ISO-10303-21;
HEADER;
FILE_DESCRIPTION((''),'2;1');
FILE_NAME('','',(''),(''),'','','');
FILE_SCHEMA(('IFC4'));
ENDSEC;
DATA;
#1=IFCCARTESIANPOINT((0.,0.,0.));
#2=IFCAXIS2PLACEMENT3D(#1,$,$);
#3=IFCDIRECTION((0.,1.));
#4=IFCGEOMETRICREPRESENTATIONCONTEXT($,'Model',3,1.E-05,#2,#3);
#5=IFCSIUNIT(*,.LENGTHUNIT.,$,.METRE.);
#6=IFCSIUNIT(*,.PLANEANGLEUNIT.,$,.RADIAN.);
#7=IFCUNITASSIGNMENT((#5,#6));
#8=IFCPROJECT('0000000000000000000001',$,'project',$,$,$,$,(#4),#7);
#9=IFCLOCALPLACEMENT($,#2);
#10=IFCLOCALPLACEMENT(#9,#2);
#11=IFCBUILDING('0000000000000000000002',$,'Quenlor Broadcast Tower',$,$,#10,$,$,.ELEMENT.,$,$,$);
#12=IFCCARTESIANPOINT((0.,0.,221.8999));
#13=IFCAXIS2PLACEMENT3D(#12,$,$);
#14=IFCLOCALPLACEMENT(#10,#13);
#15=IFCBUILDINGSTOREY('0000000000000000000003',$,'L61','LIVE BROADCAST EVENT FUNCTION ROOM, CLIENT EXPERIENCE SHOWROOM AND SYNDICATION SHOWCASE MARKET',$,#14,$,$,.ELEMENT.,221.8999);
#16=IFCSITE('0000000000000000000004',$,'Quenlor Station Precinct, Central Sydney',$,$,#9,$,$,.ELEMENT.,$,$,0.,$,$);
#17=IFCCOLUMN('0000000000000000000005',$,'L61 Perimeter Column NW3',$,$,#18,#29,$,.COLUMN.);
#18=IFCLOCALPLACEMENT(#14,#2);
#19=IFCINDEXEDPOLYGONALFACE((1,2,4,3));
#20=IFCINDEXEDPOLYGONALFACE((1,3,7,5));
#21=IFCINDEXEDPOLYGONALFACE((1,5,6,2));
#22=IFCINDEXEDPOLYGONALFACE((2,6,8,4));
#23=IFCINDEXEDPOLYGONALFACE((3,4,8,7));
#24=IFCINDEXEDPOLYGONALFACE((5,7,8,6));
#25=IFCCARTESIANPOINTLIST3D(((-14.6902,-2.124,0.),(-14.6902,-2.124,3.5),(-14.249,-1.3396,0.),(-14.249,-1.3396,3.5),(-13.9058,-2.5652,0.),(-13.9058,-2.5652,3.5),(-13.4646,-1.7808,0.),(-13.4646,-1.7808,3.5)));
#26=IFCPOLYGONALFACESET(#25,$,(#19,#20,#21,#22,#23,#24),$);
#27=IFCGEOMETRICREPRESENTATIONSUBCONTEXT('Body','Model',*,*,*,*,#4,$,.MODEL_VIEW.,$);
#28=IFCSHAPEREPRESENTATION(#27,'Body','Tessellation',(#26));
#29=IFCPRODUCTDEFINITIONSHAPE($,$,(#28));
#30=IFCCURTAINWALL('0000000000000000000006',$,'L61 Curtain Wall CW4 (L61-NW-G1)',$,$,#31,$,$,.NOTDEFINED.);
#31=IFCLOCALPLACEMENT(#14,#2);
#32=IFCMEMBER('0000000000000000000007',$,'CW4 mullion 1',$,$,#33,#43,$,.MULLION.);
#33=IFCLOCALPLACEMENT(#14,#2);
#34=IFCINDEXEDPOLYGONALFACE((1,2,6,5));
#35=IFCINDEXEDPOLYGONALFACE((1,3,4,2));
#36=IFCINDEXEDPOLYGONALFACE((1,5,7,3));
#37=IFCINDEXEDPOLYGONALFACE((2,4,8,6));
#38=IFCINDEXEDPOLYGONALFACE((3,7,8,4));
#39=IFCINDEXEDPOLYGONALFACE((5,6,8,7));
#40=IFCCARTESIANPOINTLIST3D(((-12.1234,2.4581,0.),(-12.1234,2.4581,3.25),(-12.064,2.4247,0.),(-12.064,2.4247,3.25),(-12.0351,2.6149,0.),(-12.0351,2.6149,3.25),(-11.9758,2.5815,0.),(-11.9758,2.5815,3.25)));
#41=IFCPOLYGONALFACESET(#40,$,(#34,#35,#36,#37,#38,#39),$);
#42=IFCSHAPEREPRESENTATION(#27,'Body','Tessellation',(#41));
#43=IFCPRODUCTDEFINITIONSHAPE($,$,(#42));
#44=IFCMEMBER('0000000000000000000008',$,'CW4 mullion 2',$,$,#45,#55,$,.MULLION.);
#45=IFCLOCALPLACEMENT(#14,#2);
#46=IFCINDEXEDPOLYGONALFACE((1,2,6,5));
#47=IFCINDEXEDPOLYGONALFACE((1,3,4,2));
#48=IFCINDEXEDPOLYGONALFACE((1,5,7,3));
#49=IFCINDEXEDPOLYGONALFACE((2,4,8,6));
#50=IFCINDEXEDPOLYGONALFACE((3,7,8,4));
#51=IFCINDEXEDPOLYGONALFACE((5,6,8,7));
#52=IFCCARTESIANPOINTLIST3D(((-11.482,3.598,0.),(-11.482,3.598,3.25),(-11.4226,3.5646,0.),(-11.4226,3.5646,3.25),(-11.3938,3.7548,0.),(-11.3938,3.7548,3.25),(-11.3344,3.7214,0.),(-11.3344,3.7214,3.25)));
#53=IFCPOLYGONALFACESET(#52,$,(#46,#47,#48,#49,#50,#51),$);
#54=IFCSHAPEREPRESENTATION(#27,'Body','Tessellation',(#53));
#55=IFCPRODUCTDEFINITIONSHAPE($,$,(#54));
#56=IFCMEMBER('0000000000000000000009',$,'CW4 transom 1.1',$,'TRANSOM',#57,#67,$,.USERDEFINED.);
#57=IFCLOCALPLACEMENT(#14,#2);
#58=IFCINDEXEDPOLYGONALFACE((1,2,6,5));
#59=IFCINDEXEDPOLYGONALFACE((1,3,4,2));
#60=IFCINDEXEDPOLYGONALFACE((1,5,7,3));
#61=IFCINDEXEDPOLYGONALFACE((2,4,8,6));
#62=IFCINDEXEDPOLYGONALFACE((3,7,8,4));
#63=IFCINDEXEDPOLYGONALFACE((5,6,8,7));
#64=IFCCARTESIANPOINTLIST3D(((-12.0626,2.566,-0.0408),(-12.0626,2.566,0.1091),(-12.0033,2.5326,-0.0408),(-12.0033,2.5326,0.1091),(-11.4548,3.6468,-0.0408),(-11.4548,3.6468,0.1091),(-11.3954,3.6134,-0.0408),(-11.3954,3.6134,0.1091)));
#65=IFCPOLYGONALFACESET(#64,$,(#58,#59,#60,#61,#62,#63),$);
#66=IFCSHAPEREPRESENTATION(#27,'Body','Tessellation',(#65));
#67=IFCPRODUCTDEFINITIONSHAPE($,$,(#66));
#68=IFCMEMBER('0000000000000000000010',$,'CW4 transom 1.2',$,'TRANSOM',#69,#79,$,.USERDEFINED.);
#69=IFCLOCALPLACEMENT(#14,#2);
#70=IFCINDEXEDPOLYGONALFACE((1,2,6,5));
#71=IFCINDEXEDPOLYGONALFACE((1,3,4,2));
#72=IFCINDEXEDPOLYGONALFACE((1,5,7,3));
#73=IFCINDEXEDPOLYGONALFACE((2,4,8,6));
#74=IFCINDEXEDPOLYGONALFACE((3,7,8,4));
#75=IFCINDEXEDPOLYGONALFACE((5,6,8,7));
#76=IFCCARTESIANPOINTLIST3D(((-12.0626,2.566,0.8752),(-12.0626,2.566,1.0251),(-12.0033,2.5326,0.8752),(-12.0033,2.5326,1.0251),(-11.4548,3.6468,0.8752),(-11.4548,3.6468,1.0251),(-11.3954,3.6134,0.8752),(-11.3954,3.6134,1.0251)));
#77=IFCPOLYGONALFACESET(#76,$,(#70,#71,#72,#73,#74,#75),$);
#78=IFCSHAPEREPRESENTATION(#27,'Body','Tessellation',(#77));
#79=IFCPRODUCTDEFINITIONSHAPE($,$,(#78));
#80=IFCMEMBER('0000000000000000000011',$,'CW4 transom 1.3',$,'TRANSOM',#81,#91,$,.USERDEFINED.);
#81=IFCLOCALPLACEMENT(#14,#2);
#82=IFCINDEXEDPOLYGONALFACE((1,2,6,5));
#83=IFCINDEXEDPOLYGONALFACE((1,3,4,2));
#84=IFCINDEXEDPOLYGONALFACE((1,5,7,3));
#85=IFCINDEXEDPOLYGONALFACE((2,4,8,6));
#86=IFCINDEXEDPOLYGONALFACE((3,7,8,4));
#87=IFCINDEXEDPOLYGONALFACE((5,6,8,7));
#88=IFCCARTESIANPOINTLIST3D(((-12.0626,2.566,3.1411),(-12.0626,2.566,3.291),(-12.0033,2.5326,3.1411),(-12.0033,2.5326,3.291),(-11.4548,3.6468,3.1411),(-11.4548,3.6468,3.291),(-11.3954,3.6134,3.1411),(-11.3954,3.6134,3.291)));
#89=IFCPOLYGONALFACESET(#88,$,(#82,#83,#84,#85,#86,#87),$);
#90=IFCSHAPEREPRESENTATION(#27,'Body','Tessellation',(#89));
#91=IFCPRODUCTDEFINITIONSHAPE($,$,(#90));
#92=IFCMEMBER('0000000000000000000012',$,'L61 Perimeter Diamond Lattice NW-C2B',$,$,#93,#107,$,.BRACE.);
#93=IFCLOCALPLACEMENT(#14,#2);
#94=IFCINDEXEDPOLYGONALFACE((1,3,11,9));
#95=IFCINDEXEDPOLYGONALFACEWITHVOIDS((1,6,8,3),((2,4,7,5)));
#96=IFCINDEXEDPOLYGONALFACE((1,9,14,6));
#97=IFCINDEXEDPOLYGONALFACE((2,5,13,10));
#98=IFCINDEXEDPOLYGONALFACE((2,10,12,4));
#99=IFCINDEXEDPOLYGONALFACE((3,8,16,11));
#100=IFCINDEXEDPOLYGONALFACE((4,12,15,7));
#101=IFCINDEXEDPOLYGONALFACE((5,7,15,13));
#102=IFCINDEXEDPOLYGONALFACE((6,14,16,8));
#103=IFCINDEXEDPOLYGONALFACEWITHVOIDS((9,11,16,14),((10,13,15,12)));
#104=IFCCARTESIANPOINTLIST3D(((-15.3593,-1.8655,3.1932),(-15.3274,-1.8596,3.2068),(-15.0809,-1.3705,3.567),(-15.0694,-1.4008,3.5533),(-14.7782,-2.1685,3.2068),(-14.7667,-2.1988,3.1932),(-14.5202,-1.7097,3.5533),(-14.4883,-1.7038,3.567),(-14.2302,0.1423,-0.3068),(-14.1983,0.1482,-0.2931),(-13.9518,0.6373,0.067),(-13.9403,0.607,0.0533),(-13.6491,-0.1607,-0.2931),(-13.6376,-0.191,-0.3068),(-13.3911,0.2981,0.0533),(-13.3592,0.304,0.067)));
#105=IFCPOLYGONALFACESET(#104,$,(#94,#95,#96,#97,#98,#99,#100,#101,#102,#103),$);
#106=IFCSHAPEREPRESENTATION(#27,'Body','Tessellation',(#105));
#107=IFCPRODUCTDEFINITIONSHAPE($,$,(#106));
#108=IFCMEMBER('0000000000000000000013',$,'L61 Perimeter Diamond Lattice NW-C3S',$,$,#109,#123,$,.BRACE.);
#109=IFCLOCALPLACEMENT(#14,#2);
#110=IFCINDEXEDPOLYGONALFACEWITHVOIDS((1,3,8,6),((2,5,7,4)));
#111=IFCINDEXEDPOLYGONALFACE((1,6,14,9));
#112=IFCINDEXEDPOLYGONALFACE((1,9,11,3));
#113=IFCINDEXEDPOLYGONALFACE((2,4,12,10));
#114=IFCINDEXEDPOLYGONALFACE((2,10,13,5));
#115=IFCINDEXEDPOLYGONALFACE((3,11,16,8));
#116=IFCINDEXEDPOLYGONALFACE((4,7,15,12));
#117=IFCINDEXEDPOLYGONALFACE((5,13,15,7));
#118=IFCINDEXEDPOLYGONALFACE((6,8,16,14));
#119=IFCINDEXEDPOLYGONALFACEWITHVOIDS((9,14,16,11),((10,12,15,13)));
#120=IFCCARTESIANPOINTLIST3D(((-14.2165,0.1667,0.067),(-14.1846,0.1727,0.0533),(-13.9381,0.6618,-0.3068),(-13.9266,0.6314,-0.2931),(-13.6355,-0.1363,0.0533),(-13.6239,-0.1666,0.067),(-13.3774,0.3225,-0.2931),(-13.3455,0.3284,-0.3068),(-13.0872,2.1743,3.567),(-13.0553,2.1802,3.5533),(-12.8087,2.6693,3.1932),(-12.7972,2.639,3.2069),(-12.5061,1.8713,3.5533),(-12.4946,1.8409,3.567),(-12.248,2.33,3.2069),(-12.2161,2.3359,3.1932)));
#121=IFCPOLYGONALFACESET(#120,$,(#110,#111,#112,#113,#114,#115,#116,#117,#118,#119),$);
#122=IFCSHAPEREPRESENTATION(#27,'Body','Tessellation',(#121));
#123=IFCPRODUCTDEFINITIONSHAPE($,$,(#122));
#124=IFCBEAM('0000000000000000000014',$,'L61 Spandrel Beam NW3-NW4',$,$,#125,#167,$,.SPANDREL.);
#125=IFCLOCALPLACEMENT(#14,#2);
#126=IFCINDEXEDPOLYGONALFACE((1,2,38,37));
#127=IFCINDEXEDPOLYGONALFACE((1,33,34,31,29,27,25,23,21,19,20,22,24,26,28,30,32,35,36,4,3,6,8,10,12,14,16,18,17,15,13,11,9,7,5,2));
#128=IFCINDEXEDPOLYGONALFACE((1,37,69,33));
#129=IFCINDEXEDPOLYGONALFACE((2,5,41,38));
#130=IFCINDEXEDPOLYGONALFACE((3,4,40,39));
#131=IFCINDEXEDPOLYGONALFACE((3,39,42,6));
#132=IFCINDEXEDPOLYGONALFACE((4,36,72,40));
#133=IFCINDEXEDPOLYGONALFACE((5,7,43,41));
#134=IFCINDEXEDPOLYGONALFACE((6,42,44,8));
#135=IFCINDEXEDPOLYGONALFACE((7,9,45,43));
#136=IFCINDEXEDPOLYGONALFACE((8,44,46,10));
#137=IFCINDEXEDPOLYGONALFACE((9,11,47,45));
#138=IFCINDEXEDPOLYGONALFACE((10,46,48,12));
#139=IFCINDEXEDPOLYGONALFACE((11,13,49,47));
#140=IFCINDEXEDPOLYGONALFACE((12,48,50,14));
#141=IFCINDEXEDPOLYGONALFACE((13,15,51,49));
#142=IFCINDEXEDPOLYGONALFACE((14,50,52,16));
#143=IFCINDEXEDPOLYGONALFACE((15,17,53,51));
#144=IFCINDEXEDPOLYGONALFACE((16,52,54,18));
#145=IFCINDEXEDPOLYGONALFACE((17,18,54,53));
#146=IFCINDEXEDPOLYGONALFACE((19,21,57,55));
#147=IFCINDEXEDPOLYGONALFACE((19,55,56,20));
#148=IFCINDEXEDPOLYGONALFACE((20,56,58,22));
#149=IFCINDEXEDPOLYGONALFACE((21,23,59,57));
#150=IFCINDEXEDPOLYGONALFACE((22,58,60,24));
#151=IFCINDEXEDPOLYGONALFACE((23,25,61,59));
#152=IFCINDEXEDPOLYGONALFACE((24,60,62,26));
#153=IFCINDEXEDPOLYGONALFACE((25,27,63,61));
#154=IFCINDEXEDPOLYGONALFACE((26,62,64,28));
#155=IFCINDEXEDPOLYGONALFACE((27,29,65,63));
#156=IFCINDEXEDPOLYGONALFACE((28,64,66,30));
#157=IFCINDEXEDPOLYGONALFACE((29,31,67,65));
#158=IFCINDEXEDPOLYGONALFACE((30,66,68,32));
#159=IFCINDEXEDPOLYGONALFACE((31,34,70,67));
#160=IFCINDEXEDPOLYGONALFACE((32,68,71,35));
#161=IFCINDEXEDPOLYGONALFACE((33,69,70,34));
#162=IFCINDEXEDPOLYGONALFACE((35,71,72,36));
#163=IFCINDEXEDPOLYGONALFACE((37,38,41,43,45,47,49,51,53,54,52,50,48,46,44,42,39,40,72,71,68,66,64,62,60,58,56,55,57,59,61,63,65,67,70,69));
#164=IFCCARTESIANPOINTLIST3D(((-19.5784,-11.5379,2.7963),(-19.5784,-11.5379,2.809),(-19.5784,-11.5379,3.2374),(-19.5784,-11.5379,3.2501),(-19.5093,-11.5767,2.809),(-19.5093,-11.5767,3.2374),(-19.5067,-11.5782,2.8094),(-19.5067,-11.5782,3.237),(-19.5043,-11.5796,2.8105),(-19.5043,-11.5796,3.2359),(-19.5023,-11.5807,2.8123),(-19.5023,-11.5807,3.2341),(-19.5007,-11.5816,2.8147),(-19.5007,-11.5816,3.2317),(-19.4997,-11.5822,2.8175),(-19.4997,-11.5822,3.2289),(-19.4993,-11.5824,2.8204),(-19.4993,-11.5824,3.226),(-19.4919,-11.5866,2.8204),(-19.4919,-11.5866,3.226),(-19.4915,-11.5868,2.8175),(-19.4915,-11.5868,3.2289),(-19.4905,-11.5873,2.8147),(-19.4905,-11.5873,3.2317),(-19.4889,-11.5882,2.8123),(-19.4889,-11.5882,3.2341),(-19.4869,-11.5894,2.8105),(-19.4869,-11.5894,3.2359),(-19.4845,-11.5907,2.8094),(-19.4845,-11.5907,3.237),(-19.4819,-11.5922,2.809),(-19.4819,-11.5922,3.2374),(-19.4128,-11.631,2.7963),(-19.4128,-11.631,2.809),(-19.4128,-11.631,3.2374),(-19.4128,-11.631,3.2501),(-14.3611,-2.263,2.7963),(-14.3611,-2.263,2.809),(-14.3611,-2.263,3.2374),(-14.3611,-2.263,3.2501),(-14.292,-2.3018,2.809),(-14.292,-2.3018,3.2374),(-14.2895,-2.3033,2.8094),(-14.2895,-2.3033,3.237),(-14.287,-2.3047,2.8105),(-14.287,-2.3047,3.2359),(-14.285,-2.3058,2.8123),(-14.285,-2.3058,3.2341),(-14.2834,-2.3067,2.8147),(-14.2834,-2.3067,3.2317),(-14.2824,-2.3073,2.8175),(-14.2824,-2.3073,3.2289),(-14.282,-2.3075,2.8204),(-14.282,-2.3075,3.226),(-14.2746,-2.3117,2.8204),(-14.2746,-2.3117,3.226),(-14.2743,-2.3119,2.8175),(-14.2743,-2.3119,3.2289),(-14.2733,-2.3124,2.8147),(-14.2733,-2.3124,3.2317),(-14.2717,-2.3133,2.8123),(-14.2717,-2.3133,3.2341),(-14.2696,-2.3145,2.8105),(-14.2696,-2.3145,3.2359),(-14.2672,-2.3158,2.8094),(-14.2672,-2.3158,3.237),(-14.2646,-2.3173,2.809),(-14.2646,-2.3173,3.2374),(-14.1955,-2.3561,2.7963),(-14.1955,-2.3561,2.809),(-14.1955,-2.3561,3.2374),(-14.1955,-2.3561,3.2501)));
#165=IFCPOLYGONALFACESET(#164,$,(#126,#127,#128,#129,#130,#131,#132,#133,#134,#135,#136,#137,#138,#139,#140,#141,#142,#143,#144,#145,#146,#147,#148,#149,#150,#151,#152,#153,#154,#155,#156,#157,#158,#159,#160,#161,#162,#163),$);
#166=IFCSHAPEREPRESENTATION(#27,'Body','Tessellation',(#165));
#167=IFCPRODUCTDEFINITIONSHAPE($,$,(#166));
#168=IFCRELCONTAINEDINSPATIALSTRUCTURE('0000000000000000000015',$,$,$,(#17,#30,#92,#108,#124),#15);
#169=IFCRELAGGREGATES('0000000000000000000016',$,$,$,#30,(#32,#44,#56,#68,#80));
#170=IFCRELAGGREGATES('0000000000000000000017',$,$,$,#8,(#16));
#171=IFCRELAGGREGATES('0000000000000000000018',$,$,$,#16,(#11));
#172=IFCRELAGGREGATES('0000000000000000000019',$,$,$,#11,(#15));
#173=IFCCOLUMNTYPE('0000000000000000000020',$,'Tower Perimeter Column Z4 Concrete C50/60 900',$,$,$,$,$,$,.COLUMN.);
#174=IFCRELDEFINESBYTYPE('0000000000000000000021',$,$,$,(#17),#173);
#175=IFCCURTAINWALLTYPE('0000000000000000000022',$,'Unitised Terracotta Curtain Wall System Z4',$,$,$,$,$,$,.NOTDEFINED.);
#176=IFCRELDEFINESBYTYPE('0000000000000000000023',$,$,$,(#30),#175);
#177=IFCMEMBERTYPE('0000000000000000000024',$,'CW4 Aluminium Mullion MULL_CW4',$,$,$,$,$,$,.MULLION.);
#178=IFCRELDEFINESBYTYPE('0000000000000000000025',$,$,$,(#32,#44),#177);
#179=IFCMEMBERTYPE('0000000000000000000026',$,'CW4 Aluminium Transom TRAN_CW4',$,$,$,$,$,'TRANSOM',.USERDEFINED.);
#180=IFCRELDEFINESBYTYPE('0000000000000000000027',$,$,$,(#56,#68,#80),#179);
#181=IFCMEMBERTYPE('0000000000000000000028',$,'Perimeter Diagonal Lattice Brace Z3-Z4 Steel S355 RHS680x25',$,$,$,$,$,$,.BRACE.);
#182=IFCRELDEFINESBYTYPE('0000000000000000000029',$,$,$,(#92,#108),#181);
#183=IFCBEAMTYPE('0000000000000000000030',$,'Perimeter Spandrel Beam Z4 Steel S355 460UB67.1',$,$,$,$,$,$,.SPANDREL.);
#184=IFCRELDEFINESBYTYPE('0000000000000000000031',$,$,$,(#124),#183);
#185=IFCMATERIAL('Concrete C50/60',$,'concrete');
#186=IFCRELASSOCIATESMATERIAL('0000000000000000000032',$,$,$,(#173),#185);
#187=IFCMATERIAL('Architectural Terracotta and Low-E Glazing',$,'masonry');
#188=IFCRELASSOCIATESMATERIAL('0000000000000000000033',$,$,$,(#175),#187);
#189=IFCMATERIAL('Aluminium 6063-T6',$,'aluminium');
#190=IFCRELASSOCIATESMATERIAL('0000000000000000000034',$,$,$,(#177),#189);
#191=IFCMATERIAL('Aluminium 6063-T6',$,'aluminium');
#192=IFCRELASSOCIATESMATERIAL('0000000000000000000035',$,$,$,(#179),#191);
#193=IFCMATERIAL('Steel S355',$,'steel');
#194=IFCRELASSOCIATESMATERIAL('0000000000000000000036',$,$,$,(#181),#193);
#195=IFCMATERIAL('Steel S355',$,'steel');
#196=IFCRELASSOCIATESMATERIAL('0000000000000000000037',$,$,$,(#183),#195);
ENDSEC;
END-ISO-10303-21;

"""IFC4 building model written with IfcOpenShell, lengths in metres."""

from ifc_helpers import new_model, si_unit, direction, frame, origin, origin_2d, place, context, subcontext, project, spatial, rectangle, hollow_rectangle, i_section, extrude, material, material_profile, profile_set, type_object, element, aggregate, save


model = new_model("IFC4")

# Units and contexts
model_context = context("Model", 3, precision=1e-05, world=origin(), true_north=direction((0.0, 1.0)))
body_context = subcontext(model_context, "Body", "Model", "MODEL_VIEW")
ifc_project = project(units=[si_unit("LENGTHUNIT", "METRE"), si_unit("PLANEANGLEUNIT", "RADIAN")], contexts=[model_context])

# Site, building, storey
site_placement = place(None, origin())
site = spatial("IfcSite", under=ifc_project, at=site_placement, Name="Quenlor Station Precinct, Central Sydney", CompositionType="ELEMENT", RefElevation=0.0)
building_placement = place(site_placement, origin())
building = spatial("IfcBuilding", under=site, at=building_placement, Name="Quenlor Broadcast Tower", CompositionType="ELEMENT")
storey_placement = place(building_placement, frame((0.0, 0.0, 221.8999)))
storey = spatial("IfcBuildingStorey", under=building, at=storey_placement, Name="L61", Description="LIVE BROADCAST EVENT FUNCTION ROOM, CLIENT EXPERIENCE SHOWROOM AND SYNDICATION SHOWCASE MARKET", CompositionType="ELEMENT", Elevation=221.8999)

# Column
ifc_material_1 = material(Name="Concrete C50/60", Category="concrete")
ifc_material_profile_1 = material_profile(ifc_material_1, rectangle(XDim=0.8999, YDim=0.8999, at=origin_2d()))
ifc_profile_set_1 = profile_set([ifc_material_profile_1], Name="Concrete C50/60 RC900x900")
column_type = type_object("IfcColumnType", Name="Tower Perimeter Column Z4 Concrete C50/60 900", PredefinedType="COLUMN", material=ifc_profile_set_1)
column_placement = place(storey_placement, frame((-14.0774, -1.9524, 0.0), z_axis=(0.0, 0.0, 1.0), x_axis=(-0.871575, 0.490262, 0.0)))
element("IfcColumn", 1, at=column_placement, inside=storey, type_object=column_type, Name="L61 Perimeter Column NW3", PredefinedType="COLUMN", context=body_context, shape_type="SweptSolid", body=[
    extrude(rectangle(XDim=0.8999, YDim=0.8999, at=origin_2d()), origin(), (0.0, 0.0, 1.0), 3.5),
])

# Curtain wall, members
ifc_material_2 = material(Name="Architectural Terracotta and Low-E Glazing", Category="masonry")
curtain_wall_type = type_object("IfcCurtainWallType", Name="Unitised Terracotta Curtain Wall System Z4", PredefinedType="NOTDEFINED", material=ifc_material_2)
curtain_wall_placement = place(storey_placement, origin())
curtain_wall = element("IfcCurtainWall", 2, at=curtain_wall_placement, inside=storey, type_object=curtain_wall_type, Name="L61 Curtain Wall CW4 (L61-NW-G1)", PredefinedType="NOTDEFINED")
ifc_material_3 = material(Name="Aluminium 6063-T6", Category="aluminium")
ifc_material_profile_2 = material_profile(ifc_material_3, rectangle(XDim=0.0681, YDim=0.1799, at=origin_2d()))
ifc_profile_set_2 = profile_set([ifc_material_profile_2], Name="Aluminium 6063-T6 MULL68x180")
member_type_1 = type_object("IfcMemberType", Name="CW4 Aluminium Mullion MULL_CW4", PredefinedType="MULLION", material=ifc_profile_set_2)
member_1_placement = place(storey_placement, frame((-12.0496, 2.5198, 0.0), z_axis=(0.0, 0.0, 1.0), x_axis=(-0.87156, 0.490289, 0.0)))
member_1 = element("IfcMember", 3, at=member_1_placement, type_object=member_type_1, Name="CW4 mullion 1", PredefinedType="MULLION", context=body_context, shape_type="SweptSolid", body=[
    extrude(rectangle(XDim=0.0681, YDim=0.1799, at=origin_2d()), origin(), (0.0, 0.0, 1.0), 3.25),
])
member_2_placement = place(storey_placement, frame((-11.4082, 3.6597, 0.0), z_axis=(0.0, 0.0, 1.0), x_axis=(-0.87156, 0.490289, 0.0)))
member_2 = element("IfcMember", 4, at=member_2_placement, type_object=member_type_1, Name="CW4 mullion 2", PredefinedType="MULLION", context=body_context, shape_type="SweptSolid", body=[
    extrude(rectangle(XDim=0.0681, YDim=0.1799, at=origin_2d()), origin(), (0.0, 0.0, 1.0), 3.25),
])
ifc_material_4 = material(Name="Aluminium 6063-T6", Category="aluminium")
ifc_material_profile_3 = material_profile(ifc_material_4, rectangle(XDim=0.0681, YDim=0.1499, at=origin_2d()))
ifc_profile_set_3 = profile_set([ifc_material_profile_3], Name="Aluminium 6063-T6 TRAN68x150")
member_type_2 = type_object("IfcMemberType", Name="CW4 Aluminium Transom TRAN_CW4", ElementType="TRANSOM", PredefinedType="USERDEFINED", material=ifc_profile_set_3)
member_3_placement = place(storey_placement, frame((-12.033, 2.5493, 0.0342), z_axis=(0.490233, 0.871591, 0.0), x_axis=(-0.871591, 0.490233, 0.0)))
member_3 = element("IfcMember", 5, at=member_3_placement, type_object=member_type_2, Name="CW4 transom 1.1", ObjectType="TRANSOM", PredefinedType="USERDEFINED", context=body_context, shape_type="SweptSolid", body=[
    extrude(rectangle(XDim=0.0681, YDim=0.1499, at=origin_2d()), origin(), (0.0, 0.0, 1.0), 1.24),
])
member_4_placement = place(storey_placement, frame((-12.033, 2.5493, 0.9502), z_axis=(0.490233, 0.871591, 0.0), x_axis=(-0.871591, 0.490233, 0.0)))
member_4 = element("IfcMember", 6, at=member_4_placement, type_object=member_type_2, Name="CW4 transom 1.2", ObjectType="TRANSOM", PredefinedType="USERDEFINED", context=body_context, shape_type="SweptSolid", body=[
    extrude(rectangle(XDim=0.0681, YDim=0.1499, at=origin_2d()), origin(), (0.0, 0.0, 1.0), 1.24),
])
member_5_placement = place(storey_placement, frame((-12.033, 2.5493, 3.2161), z_axis=(0.490233, 0.871591, 0.0), x_axis=(-0.871591, 0.490233, 0.0)))
member_5 = element("IfcMember", 7, at=member_5_placement, type_object=member_type_2, Name="CW4 transom 1.3", ObjectType="TRANSOM", PredefinedType="USERDEFINED", context=body_context, shape_type="SweptSolid", body=[
    extrude(rectangle(XDim=0.0681, YDim=0.1499, at=origin_2d()), origin(), (0.0, 0.0, 1.0), 1.24),
])

# Members
ifc_material_5 = material(Name="Steel S355", Category="steel")
ifc_material_profile_4 = material_profile(ifc_material_5, hollow_rectangle(XDim=0.6799, YDim=0.6799, WallThickness=0.0249, at=origin_2d()))
ifc_profile_set_4 = profile_set([ifc_material_profile_4], Name="Steel S355 RHS680x680x25")
member_type_3 = type_object("IfcMemberType", Name="Perimeter Diagonal Lattice Brace Z3-Z4 Steel S355 RHS680x25", PredefinedType="BRACE", material=ifc_profile_set_4)
for number, where, z_axis, x_axis, name in (
    (8, (-13.7947, 0.2231, -0.1199), (-0.269485, -0.479189, 0.835318), (0.871621, -0.490181, 0.0), "L61 Perimeter Diamond Lattice NW-C2B"),
    (9, (-13.781, 0.2476, -0.1199), (0.269547, 0.479136, 0.835328), (-0.87155, 0.490307, 0.0), "L61 Perimeter Diamond Lattice NW-C3S"),
):
    element("IfcMember", number, at=place(storey_placement, frame(where, z_axis=z_axis, x_axis=x_axis)), inside=storey, type_object=member_type_3, Name=name, PredefinedType="BRACE", context=body_context, shape_type="SweptSolid", body=[
        extrude(hollow_rectangle(XDim=0.6799, YDim=0.6799, WallThickness=0.0249, at=origin_2d()), origin(), (0.0, 0.0, 1.0), 4.1899),
    ])

# Beam
ifc_material_6 = material(Name="Steel S355", Category="steel")
ifc_material_profile_5 = material_profile(ifc_material_6, i_section(OverallWidth=0.1899, OverallDepth=0.4539, WebThickness=0.0085, FlangeThickness=0.0127, FilletRadius=0.0115, at=origin_2d()))
ifc_profile_set_5 = profile_set([ifc_material_profile_5], Name="Steel S355 460UB67.1")
beam_type_1 = type_object("IfcBeamType", Name="Perimeter Spandrel Beam Z4 Steel S355 460UB67.1", PredefinedType="SPANDREL", material=ifc_profile_set_5)
beam_1_placement = place(storey_placement, frame((-14.2783, -2.3096, 3.0232), z_axis=(-0.490272, -0.871569, 0.0), x_axis=(0.871569, -0.490272, 0.0)))
element("IfcBeam", 10, at=beam_1_placement, inside=storey, type_object=beam_type_1, Name="L61 Spandrel Beam NW3-NW4", PredefinedType="SPANDREL", context=body_context, shape_type="SweptSolid", body=[
    extrude(i_section(OverallWidth=0.1899, OverallDepth=0.4539, WebThickness=0.0085, FlangeThickness=0.0127, FilletRadius=0.0115, at=origin_2d()), origin(), (0.0, 0.0, 1.0), 10.6416),
])

aggregate(curtain_wall, [member_1, member_2, member_3, member_4, member_5])

save(model, "model.ifc")
